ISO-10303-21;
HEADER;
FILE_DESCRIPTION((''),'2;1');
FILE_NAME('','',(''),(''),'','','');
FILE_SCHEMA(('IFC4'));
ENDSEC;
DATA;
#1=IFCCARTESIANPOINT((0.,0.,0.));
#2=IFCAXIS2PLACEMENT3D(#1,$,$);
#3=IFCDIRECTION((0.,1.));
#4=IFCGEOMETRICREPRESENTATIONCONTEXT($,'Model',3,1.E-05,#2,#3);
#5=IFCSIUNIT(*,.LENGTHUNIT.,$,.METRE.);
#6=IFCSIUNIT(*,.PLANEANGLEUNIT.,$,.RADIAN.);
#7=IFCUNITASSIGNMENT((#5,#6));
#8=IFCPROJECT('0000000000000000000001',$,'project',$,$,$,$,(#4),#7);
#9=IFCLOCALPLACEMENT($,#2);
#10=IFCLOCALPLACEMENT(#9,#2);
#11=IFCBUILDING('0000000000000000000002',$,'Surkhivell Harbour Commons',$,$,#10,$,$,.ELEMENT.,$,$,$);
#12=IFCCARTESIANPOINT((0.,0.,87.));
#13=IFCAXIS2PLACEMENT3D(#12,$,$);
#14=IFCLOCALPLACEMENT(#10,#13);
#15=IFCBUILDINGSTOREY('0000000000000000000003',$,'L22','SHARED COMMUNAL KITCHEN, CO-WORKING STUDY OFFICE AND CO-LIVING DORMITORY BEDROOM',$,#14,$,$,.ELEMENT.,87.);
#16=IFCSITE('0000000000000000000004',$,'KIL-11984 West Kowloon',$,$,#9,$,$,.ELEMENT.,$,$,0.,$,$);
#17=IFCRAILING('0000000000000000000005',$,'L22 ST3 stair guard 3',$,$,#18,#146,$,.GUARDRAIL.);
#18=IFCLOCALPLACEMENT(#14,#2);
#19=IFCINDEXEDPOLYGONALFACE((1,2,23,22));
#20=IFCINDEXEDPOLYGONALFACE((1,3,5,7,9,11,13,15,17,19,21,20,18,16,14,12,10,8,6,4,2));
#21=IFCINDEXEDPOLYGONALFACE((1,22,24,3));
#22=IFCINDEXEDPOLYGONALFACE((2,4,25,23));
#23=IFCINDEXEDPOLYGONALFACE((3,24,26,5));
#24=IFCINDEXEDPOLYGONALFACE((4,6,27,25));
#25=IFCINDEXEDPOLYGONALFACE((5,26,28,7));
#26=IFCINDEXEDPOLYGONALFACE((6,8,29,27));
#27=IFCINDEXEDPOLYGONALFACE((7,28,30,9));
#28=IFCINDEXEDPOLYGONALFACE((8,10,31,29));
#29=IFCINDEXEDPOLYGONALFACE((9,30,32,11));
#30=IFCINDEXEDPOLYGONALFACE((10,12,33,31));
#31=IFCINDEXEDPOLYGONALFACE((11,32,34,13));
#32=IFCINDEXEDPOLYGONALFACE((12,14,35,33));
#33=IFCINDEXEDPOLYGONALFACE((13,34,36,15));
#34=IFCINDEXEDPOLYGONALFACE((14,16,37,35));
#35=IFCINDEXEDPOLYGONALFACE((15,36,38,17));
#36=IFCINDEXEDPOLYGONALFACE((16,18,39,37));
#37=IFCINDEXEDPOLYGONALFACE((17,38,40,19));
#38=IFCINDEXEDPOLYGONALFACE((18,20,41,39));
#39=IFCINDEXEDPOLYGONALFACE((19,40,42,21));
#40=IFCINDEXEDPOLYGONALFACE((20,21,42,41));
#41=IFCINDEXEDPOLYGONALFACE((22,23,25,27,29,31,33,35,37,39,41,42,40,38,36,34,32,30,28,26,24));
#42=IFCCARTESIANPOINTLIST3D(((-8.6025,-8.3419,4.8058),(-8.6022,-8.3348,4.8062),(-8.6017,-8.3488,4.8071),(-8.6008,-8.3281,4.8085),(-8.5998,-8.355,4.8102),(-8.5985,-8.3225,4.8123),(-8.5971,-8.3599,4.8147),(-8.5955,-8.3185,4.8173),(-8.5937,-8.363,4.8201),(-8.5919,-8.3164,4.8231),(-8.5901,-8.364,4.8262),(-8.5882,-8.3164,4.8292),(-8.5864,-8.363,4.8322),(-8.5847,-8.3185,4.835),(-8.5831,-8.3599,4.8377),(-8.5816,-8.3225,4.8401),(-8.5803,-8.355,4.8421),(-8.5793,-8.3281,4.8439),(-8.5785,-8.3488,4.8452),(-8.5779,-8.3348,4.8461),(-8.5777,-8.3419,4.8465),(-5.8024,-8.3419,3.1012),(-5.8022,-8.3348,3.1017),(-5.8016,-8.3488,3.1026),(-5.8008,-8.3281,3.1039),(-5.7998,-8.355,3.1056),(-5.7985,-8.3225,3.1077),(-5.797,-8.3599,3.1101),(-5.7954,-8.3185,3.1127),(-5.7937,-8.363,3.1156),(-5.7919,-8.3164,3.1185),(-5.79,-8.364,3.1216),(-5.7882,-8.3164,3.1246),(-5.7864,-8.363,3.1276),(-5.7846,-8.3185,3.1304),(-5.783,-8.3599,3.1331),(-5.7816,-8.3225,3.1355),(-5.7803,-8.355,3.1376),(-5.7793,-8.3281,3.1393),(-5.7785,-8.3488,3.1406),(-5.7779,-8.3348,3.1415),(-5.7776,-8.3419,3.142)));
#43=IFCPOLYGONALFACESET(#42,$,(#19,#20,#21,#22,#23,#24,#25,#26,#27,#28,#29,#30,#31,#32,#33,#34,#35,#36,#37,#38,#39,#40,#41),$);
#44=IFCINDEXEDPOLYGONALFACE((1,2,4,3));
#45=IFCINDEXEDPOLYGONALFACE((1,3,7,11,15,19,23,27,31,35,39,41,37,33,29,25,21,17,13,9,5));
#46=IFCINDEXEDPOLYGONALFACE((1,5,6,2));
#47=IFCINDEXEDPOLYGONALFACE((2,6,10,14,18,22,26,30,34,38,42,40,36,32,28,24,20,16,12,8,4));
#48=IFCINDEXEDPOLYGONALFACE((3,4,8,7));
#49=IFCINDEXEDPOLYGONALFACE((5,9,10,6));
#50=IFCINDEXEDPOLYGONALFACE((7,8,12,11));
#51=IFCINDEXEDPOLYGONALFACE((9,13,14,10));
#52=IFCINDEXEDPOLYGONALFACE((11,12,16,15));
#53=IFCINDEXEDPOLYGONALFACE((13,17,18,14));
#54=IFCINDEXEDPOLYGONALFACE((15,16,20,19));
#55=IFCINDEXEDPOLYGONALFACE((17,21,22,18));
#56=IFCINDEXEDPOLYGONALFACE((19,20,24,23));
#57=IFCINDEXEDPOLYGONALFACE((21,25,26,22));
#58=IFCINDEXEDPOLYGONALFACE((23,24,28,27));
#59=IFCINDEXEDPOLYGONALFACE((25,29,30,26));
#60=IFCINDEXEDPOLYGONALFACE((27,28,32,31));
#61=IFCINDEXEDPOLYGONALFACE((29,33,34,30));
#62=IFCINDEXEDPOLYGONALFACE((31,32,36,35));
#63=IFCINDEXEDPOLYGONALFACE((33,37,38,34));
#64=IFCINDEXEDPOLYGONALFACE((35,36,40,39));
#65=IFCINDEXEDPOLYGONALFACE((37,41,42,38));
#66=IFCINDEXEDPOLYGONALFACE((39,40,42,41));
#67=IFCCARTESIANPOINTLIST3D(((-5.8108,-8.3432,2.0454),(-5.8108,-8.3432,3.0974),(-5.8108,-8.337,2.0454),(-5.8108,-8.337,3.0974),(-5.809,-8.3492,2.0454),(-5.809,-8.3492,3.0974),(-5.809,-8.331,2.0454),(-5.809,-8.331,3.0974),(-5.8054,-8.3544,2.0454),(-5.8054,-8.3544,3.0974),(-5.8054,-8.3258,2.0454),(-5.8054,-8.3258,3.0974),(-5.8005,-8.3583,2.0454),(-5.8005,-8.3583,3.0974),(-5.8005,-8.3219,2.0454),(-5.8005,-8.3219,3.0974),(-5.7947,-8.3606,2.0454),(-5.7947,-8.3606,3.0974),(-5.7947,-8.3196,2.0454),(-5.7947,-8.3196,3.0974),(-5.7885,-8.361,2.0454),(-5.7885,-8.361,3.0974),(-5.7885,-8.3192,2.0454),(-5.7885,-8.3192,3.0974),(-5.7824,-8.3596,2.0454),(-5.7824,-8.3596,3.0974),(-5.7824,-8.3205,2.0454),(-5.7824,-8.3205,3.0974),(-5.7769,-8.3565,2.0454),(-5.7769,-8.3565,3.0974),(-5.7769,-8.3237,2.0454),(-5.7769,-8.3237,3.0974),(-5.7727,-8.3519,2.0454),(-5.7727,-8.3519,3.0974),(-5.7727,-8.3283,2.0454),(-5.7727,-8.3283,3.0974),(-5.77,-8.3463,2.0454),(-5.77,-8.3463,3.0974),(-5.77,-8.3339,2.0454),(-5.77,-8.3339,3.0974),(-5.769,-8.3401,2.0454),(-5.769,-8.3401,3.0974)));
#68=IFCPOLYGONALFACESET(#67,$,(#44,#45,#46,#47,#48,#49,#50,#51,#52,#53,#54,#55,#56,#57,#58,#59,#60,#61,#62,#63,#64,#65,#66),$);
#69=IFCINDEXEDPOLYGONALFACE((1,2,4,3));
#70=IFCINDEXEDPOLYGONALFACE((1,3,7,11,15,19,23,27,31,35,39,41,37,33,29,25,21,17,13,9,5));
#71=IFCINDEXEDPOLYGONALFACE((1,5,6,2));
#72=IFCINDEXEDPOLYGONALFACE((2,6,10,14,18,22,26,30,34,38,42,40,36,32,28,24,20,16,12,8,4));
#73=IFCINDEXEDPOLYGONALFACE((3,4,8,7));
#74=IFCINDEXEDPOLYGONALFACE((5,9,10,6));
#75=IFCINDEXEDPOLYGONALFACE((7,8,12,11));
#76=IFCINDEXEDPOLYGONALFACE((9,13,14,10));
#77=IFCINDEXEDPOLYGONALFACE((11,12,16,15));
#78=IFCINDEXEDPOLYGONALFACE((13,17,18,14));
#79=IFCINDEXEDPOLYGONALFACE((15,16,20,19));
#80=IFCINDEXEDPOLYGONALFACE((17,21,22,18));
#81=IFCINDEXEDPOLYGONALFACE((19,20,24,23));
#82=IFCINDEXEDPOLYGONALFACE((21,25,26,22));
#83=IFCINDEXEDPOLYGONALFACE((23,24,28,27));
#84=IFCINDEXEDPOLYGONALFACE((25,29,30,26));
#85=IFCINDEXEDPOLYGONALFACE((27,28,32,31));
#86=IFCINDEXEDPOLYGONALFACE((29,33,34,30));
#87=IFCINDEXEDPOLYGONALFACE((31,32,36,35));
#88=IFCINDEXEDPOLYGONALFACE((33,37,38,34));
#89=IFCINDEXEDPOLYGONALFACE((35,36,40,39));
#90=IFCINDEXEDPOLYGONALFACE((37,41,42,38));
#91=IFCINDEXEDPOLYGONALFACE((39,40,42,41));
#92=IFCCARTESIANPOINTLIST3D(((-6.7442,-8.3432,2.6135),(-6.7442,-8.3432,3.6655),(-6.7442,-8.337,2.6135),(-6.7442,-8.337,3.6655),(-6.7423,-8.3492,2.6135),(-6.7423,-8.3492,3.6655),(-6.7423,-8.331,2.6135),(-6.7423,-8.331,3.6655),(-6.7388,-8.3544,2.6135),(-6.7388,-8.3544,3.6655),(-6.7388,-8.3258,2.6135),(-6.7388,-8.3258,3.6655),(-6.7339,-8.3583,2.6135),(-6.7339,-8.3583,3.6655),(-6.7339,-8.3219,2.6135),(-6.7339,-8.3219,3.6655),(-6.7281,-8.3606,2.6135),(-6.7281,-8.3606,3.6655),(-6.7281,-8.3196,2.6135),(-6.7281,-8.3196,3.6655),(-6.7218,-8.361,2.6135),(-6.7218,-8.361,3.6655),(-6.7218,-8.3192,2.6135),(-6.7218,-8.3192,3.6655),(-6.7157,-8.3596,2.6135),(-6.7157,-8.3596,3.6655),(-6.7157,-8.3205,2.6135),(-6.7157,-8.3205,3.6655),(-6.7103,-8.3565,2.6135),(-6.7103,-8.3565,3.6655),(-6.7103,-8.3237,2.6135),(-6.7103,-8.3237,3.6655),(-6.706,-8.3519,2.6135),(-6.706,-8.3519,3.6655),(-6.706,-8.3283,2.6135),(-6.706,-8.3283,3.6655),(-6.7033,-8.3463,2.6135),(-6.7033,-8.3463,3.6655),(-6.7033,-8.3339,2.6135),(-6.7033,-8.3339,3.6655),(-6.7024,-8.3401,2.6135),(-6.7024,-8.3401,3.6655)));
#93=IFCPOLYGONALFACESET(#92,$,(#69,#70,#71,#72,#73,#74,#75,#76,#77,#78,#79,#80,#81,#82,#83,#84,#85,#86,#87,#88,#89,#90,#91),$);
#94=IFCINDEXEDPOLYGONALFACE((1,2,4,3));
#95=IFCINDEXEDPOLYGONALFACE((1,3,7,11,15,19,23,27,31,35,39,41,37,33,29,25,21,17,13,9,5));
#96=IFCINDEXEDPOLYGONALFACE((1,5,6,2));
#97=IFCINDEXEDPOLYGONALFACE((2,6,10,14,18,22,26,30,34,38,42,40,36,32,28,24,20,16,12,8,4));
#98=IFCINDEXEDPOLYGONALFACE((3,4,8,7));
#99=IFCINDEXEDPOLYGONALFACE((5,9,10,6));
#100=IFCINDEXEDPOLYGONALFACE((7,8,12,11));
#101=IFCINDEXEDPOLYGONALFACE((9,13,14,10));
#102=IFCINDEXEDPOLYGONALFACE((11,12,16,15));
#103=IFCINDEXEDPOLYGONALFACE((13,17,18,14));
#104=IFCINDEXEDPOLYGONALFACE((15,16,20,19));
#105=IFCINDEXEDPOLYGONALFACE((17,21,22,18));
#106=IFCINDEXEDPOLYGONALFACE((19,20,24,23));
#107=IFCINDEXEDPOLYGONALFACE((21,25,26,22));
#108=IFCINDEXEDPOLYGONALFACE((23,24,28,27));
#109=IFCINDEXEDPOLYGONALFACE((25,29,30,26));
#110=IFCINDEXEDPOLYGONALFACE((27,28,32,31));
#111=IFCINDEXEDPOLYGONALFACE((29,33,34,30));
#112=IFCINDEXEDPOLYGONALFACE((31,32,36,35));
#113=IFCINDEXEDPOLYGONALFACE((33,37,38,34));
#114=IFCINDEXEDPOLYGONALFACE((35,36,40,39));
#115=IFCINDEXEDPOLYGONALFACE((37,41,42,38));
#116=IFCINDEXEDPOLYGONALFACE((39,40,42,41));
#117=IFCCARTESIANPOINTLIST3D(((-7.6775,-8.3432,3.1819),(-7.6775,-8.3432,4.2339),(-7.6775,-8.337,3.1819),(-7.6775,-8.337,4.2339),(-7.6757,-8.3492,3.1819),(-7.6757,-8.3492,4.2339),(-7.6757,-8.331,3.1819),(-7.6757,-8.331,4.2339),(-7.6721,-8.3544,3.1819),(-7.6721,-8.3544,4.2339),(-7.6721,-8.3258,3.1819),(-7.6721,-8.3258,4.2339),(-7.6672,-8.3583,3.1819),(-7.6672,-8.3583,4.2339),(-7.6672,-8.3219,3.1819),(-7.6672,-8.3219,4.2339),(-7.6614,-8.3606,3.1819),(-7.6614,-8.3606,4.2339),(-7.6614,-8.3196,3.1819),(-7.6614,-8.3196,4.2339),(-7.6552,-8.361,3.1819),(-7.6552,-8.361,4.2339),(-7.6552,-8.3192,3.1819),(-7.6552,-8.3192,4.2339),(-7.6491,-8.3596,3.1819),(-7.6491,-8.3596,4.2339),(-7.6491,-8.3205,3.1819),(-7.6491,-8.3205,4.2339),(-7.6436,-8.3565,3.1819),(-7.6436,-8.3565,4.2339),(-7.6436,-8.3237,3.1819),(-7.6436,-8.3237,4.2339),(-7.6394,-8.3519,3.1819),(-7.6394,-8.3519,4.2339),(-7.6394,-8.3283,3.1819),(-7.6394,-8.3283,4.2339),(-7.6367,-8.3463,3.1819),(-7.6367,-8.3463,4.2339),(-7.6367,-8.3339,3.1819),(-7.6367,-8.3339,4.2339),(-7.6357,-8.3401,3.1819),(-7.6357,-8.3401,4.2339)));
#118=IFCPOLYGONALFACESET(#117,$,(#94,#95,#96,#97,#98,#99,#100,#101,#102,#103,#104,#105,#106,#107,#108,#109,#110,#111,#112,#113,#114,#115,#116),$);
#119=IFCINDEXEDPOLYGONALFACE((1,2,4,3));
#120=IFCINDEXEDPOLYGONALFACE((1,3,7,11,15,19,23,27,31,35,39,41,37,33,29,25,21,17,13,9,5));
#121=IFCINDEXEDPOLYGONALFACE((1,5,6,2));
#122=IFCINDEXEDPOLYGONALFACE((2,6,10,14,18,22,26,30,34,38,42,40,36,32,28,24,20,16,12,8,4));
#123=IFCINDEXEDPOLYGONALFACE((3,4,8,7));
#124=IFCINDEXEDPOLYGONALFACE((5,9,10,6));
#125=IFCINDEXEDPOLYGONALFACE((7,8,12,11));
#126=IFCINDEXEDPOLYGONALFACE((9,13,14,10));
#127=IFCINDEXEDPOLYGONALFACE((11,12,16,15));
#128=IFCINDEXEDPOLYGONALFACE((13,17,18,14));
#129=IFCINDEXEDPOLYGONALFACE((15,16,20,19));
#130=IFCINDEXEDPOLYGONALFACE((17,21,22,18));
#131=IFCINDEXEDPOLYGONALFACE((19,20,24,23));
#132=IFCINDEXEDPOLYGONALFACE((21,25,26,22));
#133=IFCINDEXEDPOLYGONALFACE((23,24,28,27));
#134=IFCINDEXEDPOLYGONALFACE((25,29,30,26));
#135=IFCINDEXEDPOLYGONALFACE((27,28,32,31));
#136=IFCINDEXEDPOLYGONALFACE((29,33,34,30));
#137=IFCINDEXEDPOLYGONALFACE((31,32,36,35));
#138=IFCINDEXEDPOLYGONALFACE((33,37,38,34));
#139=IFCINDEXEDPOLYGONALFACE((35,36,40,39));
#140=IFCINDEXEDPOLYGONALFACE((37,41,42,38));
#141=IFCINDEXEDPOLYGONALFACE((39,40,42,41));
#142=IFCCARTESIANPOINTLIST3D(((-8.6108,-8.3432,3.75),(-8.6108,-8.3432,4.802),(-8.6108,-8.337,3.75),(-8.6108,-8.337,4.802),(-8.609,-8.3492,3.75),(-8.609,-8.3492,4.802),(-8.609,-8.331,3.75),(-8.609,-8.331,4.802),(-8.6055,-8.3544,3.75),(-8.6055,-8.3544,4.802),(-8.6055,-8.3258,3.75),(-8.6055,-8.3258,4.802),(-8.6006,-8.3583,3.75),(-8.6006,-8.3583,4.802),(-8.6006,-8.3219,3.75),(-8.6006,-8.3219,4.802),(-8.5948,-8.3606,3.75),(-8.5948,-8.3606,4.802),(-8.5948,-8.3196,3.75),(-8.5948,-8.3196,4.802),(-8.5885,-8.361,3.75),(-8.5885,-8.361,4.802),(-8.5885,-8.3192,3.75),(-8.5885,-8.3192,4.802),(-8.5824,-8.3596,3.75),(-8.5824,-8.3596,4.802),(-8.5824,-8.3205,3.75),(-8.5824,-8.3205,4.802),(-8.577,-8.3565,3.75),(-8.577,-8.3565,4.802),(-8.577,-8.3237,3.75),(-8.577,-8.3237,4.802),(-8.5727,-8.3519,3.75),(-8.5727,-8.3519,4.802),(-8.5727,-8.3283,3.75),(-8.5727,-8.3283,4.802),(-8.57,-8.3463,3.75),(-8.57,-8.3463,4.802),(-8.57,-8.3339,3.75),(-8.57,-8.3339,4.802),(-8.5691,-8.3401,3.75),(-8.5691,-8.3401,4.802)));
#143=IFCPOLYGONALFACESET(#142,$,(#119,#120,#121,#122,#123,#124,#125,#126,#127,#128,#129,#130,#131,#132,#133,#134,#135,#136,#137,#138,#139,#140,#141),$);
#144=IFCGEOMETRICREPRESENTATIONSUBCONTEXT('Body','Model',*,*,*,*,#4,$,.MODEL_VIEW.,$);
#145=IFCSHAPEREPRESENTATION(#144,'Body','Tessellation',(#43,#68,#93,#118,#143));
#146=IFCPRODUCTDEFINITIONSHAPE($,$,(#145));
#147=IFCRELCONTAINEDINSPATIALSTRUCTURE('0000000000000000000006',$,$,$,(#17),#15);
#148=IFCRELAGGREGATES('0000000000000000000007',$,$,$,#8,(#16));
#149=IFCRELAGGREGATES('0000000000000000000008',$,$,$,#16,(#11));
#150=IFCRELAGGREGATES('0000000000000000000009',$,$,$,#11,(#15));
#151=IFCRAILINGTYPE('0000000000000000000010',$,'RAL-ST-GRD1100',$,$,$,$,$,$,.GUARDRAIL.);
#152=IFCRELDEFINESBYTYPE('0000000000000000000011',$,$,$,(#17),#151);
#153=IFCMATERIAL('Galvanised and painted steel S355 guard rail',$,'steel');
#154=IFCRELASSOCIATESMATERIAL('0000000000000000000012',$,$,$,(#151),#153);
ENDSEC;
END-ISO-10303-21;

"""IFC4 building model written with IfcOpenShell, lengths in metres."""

from ifc_helpers import new_model, si_unit, direction, frame, origin, origin_2d, place, context, subcontext, project, spatial, circle, extrude, material, type_object, element, save


model = new_model("IFC4")

# Units and contexts
model_context = context("Model", 3, precision=1e-05, world=origin(), true_north=direction((0.0, 1.0)))
body_context = subcontext(model_context, "Body", "Model", "MODEL_VIEW")
ifc_project = project(units=[si_unit("LENGTHUNIT", "METRE"), si_unit("PLANEANGLEUNIT", "RADIAN")], contexts=[model_context])

# Site, building, storey
site_placement = place(None, origin())
site = spatial("IfcSite", under=ifc_project, at=site_placement, Name="KIL-11984 West Kowloon", CompositionType="ELEMENT", RefElevation=0.0)
building_placement = place(site_placement, origin())
building = spatial("IfcBuilding", under=site, at=building_placement, Name="Surkhivell Harbour Commons", CompositionType="ELEMENT")
storey_placement = place(building_placement, frame((0.0, 0.0, 87.0)))
storey = spatial("IfcBuildingStorey", under=building, at=storey_placement, Name="L22", Description="SHARED COMMUNAL KITCHEN, CO-WORKING STUDY OFFICE AND CO-LIVING DORMITORY BEDROOM", CompositionType="ELEMENT", Elevation=87.0)

# Railing
ifc_material_1 = material(Name="Galvanised and painted steel S355 guard rail", Category="steel")
railing_type_1 = type_object("IfcRailingType", Name="RAL-ST-GRD1100", PredefinedType="GUARDRAIL", material=ifc_material_1)
railing_1_placement = place(storey_placement, frame((-5.79, -8.3401, 2.0454)))
element("IfcRailing", 1, at=railing_1_placement, inside=storey, type_object=railing_type_1, Name="L22 ST3 stair guard 3", PredefinedType="GUARDRAIL", context=body_context, shape_type="SweptSolid", body=[
    extrude(circle(Radius=0.0239, at=origin_2d()), frame((0.0, 0.0, 1.0762), z_axis=(-0.85417, 0.0, 0.519994), x_axis=(0.0, -1.0, 0.0)), (0.0, 0.0, 1.0), 3.2781),
    extrude(circle(Radius=0.021, at=origin_2d()), origin(), (0.0, 0.0, 1.0), 1.052),
    extrude(circle(Radius=0.021, at=origin_2d()), frame((-0.9333, 0.0, 0.5681)), (0.0, 0.0, 1.0), 1.052),
    extrude(circle(Radius=0.021, at=origin_2d()), frame((-1.8667, 0.0, 1.1365)), (0.0, 0.0, 1.0), 1.052),
    extrude(circle(Radius=0.021, at=origin_2d()), frame((-2.8, 0.0, 1.7046)), (0.0, 0.0, 1.0), 1.052),
])

save(model, "model.ifc")
